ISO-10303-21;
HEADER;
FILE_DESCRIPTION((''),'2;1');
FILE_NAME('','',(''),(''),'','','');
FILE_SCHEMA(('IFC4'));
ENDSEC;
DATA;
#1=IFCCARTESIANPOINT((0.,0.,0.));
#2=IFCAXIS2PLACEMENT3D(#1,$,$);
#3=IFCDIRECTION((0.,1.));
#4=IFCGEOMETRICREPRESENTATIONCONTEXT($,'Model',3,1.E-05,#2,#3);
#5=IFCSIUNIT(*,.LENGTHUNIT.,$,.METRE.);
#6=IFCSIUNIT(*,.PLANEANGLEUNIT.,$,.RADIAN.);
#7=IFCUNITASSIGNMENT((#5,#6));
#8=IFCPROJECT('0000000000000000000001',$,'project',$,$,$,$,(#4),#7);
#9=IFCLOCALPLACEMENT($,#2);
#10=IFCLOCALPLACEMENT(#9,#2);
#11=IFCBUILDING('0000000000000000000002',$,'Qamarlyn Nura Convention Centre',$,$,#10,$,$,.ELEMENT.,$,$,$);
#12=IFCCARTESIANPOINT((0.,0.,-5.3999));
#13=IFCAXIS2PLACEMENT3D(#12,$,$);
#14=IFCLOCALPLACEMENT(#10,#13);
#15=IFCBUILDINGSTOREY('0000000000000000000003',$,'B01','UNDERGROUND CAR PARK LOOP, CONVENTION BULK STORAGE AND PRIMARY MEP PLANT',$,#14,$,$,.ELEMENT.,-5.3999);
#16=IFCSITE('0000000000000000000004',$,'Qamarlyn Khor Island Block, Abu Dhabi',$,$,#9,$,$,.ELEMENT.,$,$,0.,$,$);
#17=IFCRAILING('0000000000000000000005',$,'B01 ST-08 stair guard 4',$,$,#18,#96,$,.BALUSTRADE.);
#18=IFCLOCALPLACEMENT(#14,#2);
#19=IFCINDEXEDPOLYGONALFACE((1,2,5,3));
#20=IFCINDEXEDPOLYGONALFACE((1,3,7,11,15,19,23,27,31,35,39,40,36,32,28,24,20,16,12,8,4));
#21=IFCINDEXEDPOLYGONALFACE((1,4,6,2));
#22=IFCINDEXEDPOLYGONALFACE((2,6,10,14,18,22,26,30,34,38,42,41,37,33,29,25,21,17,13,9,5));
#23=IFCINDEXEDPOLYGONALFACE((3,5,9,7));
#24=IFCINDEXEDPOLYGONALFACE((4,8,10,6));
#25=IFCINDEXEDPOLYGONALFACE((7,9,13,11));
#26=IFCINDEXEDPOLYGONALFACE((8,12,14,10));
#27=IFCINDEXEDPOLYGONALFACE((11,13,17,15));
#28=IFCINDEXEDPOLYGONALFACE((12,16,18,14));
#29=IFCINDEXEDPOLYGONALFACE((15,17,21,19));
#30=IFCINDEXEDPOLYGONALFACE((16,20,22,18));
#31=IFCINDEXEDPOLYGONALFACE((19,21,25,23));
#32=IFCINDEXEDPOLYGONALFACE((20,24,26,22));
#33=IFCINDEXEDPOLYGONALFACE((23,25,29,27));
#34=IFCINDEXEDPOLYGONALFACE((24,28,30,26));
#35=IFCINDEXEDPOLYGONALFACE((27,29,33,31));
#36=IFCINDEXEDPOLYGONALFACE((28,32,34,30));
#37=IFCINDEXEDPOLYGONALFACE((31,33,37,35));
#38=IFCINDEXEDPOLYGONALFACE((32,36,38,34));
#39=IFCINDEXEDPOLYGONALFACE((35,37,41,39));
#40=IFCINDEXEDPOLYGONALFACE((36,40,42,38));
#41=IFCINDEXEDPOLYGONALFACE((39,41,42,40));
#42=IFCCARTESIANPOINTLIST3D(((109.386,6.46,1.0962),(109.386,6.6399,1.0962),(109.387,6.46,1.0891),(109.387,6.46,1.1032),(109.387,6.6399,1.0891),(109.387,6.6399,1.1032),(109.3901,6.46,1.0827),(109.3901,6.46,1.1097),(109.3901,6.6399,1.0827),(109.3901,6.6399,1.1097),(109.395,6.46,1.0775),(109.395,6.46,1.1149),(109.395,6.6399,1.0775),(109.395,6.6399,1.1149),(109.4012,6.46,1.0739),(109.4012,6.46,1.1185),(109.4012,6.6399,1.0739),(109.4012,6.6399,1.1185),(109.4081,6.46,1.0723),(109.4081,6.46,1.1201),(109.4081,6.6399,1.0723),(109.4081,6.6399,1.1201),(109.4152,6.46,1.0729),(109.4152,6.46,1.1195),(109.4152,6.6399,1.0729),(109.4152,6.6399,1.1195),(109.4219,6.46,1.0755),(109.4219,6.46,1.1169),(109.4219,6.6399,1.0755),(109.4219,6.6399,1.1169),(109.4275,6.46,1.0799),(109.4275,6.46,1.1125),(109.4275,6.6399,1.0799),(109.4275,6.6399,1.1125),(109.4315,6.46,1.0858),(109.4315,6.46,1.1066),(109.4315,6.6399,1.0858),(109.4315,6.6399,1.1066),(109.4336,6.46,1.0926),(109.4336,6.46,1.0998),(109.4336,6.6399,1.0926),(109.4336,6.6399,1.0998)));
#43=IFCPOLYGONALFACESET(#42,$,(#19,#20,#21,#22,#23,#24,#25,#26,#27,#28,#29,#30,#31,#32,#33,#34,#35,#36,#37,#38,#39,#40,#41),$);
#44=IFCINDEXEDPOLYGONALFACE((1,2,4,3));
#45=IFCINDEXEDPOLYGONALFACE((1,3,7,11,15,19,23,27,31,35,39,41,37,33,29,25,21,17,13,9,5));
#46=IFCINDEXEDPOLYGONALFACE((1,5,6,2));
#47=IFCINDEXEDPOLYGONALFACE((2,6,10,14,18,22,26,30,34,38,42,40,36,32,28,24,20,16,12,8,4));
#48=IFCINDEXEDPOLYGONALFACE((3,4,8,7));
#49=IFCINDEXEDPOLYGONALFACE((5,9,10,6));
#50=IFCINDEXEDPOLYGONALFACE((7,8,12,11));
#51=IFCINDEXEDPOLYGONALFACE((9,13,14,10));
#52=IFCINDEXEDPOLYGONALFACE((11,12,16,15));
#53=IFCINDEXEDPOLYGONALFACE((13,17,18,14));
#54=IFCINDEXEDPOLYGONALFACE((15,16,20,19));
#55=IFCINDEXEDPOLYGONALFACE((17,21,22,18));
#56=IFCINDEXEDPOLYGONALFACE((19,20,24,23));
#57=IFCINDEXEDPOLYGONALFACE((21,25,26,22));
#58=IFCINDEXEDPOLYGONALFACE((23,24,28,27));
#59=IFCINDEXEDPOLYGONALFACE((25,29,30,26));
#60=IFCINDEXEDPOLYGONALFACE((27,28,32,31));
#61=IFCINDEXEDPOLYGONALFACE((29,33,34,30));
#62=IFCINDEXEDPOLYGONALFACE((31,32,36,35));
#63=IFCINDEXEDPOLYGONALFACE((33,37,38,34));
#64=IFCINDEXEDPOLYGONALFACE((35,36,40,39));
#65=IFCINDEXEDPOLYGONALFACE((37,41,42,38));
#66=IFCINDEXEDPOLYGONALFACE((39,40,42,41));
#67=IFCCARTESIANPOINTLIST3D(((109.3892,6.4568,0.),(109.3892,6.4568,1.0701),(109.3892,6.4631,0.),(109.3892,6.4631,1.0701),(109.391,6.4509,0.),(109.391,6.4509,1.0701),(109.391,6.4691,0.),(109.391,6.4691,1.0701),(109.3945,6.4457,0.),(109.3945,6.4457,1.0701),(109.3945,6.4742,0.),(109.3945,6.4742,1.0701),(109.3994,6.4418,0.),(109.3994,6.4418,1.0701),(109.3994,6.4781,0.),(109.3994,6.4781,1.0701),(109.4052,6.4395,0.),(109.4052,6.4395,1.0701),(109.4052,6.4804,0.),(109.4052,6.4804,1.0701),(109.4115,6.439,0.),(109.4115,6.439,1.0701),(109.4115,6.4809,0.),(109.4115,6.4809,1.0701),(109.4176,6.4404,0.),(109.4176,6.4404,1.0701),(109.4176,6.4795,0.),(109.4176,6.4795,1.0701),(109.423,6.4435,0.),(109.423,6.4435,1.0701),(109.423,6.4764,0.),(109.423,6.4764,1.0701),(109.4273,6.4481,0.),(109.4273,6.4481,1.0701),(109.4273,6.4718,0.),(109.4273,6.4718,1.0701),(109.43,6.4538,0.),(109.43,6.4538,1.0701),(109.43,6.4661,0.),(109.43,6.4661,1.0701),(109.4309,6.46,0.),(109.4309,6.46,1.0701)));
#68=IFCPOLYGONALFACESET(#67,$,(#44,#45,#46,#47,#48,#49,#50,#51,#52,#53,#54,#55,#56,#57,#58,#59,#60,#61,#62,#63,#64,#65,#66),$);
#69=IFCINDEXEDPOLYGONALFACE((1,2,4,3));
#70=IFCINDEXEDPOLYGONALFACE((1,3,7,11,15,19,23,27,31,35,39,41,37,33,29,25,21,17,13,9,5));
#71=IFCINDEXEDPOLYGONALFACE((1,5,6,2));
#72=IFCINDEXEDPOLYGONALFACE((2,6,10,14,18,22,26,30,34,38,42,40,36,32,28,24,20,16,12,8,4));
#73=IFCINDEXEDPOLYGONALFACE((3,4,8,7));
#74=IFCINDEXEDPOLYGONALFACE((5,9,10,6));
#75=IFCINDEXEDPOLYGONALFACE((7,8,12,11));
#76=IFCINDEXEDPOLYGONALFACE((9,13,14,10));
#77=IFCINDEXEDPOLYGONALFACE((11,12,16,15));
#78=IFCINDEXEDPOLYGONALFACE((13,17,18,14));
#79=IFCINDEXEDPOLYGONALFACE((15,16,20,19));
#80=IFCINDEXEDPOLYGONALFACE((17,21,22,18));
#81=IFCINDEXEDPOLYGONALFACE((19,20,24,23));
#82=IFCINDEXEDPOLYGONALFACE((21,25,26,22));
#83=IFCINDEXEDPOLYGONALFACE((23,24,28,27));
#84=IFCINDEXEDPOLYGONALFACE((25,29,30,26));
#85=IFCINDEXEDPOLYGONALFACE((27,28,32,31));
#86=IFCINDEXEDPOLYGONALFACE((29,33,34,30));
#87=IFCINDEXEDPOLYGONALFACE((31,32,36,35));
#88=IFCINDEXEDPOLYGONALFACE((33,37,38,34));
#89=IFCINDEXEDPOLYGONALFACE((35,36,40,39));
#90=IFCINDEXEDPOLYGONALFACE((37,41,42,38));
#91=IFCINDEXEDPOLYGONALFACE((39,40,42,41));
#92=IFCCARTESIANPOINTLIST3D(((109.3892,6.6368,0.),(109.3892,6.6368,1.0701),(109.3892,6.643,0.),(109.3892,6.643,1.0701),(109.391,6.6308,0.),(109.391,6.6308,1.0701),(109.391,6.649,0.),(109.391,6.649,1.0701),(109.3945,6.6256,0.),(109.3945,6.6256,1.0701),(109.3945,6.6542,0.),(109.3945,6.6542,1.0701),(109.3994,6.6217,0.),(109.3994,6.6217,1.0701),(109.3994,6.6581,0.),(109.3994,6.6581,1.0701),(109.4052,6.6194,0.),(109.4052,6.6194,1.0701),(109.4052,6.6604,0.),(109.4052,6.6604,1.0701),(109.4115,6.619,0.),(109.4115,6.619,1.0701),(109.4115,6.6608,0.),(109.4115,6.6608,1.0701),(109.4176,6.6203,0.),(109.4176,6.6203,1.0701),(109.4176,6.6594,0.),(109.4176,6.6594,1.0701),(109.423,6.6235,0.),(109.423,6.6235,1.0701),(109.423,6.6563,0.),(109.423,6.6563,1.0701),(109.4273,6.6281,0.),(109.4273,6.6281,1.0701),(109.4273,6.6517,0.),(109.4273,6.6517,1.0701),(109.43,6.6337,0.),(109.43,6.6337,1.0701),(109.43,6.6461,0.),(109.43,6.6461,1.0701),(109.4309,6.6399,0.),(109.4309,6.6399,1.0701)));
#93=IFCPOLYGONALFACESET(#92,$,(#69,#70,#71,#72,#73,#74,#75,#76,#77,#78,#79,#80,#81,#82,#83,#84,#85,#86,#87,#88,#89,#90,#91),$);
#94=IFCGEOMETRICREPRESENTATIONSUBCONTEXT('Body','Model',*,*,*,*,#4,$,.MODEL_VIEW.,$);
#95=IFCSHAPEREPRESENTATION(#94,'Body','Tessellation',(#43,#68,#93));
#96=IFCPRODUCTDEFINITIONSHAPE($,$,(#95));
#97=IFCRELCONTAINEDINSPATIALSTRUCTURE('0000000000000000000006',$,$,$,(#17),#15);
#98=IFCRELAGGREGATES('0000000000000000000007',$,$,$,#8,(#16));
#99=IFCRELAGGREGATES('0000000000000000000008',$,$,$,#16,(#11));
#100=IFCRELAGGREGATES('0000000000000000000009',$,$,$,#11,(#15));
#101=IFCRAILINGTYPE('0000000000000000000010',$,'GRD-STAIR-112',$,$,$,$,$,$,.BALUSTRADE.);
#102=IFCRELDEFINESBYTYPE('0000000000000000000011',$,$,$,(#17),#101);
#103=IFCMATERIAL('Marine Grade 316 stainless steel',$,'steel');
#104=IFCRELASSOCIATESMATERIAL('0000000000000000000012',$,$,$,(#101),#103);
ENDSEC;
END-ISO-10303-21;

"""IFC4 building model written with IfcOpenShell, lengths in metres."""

from ifc_helpers import new_model, si_unit, direction, frame, origin, origin_2d, place, context, subcontext, project, spatial, circle, extrude, material, type_object, element, save


model = new_model("IFC4")

# Units and contexts
model_context = context("Model", 3, precision=1e-05, world=origin(), true_north=direction((0.0, 1.0)))
body_context = subcontext(model_context, "Body", "Model", "MODEL_VIEW")
ifc_project = project(units=[si_unit("LENGTHUNIT", "METRE"), si_unit("PLANEANGLEUNIT", "RADIAN")], contexts=[model_context])

# Site, building, storey
site_placement = place(None, origin())
site = spatial("IfcSite", under=ifc_project, at=site_placement, Name="Qamarlyn Khor Island Block, Abu Dhabi", CompositionType="ELEMENT", RefElevation=0.0)
building_placement = place(site_placement, origin())
building = spatial("IfcBuilding", under=site, at=building_placement, Name="Qamarlyn Nura Convention Centre", CompositionType="ELEMENT")
storey_placement = place(building_placement, frame((0.0, 0.0, -5.3999)))
storey = spatial("IfcBuildingStorey", under=building, at=storey_placement, Name="B01", Description="UNDERGROUND CAR PARK LOOP, CONVENTION BULK STORAGE AND PRIMARY MEP PLANT", CompositionType="ELEMENT", Elevation=-5.3999)

# Railing
ifc_material_1 = material(Name="Marine Grade 316 stainless steel", Category="steel")
railing_type_1 = type_object("IfcRailingType", Name="GRD-STAIR-112", PredefinedType="BALUSTRADE", material=ifc_material_1)
railing_1_placement = place(storey_placement, frame((109.4099, 6.46, 0.0)))
element("IfcRailing", 1, at=railing_1_placement, inside=storey, type_object=railing_type_1, Name="B01 ST-08 stair guard 4", PredefinedType="BALUSTRADE", context=body_context, shape_type="SweptSolid", body=[
    extrude(circle(Radius=0.0239, at=origin_2d()), frame((0.0, 0.0, 1.0962), z_axis=(0.0, 1.0, 0.0), x_axis=(-1.0, 0.0, 0.0)), (0.0, 0.0, 1.0), 0.1799),
    extrude(circle(Radius=0.021, at=origin_2d()), origin(), (0.0, 0.0, 1.0), 1.0701),
    extrude(circle(Radius=0.021, at=origin_2d()), frame((0.0, 0.1799, 0.0)), (0.0, 0.0, 1.0), 1.0701),
])

save(model, "model.ifc")
